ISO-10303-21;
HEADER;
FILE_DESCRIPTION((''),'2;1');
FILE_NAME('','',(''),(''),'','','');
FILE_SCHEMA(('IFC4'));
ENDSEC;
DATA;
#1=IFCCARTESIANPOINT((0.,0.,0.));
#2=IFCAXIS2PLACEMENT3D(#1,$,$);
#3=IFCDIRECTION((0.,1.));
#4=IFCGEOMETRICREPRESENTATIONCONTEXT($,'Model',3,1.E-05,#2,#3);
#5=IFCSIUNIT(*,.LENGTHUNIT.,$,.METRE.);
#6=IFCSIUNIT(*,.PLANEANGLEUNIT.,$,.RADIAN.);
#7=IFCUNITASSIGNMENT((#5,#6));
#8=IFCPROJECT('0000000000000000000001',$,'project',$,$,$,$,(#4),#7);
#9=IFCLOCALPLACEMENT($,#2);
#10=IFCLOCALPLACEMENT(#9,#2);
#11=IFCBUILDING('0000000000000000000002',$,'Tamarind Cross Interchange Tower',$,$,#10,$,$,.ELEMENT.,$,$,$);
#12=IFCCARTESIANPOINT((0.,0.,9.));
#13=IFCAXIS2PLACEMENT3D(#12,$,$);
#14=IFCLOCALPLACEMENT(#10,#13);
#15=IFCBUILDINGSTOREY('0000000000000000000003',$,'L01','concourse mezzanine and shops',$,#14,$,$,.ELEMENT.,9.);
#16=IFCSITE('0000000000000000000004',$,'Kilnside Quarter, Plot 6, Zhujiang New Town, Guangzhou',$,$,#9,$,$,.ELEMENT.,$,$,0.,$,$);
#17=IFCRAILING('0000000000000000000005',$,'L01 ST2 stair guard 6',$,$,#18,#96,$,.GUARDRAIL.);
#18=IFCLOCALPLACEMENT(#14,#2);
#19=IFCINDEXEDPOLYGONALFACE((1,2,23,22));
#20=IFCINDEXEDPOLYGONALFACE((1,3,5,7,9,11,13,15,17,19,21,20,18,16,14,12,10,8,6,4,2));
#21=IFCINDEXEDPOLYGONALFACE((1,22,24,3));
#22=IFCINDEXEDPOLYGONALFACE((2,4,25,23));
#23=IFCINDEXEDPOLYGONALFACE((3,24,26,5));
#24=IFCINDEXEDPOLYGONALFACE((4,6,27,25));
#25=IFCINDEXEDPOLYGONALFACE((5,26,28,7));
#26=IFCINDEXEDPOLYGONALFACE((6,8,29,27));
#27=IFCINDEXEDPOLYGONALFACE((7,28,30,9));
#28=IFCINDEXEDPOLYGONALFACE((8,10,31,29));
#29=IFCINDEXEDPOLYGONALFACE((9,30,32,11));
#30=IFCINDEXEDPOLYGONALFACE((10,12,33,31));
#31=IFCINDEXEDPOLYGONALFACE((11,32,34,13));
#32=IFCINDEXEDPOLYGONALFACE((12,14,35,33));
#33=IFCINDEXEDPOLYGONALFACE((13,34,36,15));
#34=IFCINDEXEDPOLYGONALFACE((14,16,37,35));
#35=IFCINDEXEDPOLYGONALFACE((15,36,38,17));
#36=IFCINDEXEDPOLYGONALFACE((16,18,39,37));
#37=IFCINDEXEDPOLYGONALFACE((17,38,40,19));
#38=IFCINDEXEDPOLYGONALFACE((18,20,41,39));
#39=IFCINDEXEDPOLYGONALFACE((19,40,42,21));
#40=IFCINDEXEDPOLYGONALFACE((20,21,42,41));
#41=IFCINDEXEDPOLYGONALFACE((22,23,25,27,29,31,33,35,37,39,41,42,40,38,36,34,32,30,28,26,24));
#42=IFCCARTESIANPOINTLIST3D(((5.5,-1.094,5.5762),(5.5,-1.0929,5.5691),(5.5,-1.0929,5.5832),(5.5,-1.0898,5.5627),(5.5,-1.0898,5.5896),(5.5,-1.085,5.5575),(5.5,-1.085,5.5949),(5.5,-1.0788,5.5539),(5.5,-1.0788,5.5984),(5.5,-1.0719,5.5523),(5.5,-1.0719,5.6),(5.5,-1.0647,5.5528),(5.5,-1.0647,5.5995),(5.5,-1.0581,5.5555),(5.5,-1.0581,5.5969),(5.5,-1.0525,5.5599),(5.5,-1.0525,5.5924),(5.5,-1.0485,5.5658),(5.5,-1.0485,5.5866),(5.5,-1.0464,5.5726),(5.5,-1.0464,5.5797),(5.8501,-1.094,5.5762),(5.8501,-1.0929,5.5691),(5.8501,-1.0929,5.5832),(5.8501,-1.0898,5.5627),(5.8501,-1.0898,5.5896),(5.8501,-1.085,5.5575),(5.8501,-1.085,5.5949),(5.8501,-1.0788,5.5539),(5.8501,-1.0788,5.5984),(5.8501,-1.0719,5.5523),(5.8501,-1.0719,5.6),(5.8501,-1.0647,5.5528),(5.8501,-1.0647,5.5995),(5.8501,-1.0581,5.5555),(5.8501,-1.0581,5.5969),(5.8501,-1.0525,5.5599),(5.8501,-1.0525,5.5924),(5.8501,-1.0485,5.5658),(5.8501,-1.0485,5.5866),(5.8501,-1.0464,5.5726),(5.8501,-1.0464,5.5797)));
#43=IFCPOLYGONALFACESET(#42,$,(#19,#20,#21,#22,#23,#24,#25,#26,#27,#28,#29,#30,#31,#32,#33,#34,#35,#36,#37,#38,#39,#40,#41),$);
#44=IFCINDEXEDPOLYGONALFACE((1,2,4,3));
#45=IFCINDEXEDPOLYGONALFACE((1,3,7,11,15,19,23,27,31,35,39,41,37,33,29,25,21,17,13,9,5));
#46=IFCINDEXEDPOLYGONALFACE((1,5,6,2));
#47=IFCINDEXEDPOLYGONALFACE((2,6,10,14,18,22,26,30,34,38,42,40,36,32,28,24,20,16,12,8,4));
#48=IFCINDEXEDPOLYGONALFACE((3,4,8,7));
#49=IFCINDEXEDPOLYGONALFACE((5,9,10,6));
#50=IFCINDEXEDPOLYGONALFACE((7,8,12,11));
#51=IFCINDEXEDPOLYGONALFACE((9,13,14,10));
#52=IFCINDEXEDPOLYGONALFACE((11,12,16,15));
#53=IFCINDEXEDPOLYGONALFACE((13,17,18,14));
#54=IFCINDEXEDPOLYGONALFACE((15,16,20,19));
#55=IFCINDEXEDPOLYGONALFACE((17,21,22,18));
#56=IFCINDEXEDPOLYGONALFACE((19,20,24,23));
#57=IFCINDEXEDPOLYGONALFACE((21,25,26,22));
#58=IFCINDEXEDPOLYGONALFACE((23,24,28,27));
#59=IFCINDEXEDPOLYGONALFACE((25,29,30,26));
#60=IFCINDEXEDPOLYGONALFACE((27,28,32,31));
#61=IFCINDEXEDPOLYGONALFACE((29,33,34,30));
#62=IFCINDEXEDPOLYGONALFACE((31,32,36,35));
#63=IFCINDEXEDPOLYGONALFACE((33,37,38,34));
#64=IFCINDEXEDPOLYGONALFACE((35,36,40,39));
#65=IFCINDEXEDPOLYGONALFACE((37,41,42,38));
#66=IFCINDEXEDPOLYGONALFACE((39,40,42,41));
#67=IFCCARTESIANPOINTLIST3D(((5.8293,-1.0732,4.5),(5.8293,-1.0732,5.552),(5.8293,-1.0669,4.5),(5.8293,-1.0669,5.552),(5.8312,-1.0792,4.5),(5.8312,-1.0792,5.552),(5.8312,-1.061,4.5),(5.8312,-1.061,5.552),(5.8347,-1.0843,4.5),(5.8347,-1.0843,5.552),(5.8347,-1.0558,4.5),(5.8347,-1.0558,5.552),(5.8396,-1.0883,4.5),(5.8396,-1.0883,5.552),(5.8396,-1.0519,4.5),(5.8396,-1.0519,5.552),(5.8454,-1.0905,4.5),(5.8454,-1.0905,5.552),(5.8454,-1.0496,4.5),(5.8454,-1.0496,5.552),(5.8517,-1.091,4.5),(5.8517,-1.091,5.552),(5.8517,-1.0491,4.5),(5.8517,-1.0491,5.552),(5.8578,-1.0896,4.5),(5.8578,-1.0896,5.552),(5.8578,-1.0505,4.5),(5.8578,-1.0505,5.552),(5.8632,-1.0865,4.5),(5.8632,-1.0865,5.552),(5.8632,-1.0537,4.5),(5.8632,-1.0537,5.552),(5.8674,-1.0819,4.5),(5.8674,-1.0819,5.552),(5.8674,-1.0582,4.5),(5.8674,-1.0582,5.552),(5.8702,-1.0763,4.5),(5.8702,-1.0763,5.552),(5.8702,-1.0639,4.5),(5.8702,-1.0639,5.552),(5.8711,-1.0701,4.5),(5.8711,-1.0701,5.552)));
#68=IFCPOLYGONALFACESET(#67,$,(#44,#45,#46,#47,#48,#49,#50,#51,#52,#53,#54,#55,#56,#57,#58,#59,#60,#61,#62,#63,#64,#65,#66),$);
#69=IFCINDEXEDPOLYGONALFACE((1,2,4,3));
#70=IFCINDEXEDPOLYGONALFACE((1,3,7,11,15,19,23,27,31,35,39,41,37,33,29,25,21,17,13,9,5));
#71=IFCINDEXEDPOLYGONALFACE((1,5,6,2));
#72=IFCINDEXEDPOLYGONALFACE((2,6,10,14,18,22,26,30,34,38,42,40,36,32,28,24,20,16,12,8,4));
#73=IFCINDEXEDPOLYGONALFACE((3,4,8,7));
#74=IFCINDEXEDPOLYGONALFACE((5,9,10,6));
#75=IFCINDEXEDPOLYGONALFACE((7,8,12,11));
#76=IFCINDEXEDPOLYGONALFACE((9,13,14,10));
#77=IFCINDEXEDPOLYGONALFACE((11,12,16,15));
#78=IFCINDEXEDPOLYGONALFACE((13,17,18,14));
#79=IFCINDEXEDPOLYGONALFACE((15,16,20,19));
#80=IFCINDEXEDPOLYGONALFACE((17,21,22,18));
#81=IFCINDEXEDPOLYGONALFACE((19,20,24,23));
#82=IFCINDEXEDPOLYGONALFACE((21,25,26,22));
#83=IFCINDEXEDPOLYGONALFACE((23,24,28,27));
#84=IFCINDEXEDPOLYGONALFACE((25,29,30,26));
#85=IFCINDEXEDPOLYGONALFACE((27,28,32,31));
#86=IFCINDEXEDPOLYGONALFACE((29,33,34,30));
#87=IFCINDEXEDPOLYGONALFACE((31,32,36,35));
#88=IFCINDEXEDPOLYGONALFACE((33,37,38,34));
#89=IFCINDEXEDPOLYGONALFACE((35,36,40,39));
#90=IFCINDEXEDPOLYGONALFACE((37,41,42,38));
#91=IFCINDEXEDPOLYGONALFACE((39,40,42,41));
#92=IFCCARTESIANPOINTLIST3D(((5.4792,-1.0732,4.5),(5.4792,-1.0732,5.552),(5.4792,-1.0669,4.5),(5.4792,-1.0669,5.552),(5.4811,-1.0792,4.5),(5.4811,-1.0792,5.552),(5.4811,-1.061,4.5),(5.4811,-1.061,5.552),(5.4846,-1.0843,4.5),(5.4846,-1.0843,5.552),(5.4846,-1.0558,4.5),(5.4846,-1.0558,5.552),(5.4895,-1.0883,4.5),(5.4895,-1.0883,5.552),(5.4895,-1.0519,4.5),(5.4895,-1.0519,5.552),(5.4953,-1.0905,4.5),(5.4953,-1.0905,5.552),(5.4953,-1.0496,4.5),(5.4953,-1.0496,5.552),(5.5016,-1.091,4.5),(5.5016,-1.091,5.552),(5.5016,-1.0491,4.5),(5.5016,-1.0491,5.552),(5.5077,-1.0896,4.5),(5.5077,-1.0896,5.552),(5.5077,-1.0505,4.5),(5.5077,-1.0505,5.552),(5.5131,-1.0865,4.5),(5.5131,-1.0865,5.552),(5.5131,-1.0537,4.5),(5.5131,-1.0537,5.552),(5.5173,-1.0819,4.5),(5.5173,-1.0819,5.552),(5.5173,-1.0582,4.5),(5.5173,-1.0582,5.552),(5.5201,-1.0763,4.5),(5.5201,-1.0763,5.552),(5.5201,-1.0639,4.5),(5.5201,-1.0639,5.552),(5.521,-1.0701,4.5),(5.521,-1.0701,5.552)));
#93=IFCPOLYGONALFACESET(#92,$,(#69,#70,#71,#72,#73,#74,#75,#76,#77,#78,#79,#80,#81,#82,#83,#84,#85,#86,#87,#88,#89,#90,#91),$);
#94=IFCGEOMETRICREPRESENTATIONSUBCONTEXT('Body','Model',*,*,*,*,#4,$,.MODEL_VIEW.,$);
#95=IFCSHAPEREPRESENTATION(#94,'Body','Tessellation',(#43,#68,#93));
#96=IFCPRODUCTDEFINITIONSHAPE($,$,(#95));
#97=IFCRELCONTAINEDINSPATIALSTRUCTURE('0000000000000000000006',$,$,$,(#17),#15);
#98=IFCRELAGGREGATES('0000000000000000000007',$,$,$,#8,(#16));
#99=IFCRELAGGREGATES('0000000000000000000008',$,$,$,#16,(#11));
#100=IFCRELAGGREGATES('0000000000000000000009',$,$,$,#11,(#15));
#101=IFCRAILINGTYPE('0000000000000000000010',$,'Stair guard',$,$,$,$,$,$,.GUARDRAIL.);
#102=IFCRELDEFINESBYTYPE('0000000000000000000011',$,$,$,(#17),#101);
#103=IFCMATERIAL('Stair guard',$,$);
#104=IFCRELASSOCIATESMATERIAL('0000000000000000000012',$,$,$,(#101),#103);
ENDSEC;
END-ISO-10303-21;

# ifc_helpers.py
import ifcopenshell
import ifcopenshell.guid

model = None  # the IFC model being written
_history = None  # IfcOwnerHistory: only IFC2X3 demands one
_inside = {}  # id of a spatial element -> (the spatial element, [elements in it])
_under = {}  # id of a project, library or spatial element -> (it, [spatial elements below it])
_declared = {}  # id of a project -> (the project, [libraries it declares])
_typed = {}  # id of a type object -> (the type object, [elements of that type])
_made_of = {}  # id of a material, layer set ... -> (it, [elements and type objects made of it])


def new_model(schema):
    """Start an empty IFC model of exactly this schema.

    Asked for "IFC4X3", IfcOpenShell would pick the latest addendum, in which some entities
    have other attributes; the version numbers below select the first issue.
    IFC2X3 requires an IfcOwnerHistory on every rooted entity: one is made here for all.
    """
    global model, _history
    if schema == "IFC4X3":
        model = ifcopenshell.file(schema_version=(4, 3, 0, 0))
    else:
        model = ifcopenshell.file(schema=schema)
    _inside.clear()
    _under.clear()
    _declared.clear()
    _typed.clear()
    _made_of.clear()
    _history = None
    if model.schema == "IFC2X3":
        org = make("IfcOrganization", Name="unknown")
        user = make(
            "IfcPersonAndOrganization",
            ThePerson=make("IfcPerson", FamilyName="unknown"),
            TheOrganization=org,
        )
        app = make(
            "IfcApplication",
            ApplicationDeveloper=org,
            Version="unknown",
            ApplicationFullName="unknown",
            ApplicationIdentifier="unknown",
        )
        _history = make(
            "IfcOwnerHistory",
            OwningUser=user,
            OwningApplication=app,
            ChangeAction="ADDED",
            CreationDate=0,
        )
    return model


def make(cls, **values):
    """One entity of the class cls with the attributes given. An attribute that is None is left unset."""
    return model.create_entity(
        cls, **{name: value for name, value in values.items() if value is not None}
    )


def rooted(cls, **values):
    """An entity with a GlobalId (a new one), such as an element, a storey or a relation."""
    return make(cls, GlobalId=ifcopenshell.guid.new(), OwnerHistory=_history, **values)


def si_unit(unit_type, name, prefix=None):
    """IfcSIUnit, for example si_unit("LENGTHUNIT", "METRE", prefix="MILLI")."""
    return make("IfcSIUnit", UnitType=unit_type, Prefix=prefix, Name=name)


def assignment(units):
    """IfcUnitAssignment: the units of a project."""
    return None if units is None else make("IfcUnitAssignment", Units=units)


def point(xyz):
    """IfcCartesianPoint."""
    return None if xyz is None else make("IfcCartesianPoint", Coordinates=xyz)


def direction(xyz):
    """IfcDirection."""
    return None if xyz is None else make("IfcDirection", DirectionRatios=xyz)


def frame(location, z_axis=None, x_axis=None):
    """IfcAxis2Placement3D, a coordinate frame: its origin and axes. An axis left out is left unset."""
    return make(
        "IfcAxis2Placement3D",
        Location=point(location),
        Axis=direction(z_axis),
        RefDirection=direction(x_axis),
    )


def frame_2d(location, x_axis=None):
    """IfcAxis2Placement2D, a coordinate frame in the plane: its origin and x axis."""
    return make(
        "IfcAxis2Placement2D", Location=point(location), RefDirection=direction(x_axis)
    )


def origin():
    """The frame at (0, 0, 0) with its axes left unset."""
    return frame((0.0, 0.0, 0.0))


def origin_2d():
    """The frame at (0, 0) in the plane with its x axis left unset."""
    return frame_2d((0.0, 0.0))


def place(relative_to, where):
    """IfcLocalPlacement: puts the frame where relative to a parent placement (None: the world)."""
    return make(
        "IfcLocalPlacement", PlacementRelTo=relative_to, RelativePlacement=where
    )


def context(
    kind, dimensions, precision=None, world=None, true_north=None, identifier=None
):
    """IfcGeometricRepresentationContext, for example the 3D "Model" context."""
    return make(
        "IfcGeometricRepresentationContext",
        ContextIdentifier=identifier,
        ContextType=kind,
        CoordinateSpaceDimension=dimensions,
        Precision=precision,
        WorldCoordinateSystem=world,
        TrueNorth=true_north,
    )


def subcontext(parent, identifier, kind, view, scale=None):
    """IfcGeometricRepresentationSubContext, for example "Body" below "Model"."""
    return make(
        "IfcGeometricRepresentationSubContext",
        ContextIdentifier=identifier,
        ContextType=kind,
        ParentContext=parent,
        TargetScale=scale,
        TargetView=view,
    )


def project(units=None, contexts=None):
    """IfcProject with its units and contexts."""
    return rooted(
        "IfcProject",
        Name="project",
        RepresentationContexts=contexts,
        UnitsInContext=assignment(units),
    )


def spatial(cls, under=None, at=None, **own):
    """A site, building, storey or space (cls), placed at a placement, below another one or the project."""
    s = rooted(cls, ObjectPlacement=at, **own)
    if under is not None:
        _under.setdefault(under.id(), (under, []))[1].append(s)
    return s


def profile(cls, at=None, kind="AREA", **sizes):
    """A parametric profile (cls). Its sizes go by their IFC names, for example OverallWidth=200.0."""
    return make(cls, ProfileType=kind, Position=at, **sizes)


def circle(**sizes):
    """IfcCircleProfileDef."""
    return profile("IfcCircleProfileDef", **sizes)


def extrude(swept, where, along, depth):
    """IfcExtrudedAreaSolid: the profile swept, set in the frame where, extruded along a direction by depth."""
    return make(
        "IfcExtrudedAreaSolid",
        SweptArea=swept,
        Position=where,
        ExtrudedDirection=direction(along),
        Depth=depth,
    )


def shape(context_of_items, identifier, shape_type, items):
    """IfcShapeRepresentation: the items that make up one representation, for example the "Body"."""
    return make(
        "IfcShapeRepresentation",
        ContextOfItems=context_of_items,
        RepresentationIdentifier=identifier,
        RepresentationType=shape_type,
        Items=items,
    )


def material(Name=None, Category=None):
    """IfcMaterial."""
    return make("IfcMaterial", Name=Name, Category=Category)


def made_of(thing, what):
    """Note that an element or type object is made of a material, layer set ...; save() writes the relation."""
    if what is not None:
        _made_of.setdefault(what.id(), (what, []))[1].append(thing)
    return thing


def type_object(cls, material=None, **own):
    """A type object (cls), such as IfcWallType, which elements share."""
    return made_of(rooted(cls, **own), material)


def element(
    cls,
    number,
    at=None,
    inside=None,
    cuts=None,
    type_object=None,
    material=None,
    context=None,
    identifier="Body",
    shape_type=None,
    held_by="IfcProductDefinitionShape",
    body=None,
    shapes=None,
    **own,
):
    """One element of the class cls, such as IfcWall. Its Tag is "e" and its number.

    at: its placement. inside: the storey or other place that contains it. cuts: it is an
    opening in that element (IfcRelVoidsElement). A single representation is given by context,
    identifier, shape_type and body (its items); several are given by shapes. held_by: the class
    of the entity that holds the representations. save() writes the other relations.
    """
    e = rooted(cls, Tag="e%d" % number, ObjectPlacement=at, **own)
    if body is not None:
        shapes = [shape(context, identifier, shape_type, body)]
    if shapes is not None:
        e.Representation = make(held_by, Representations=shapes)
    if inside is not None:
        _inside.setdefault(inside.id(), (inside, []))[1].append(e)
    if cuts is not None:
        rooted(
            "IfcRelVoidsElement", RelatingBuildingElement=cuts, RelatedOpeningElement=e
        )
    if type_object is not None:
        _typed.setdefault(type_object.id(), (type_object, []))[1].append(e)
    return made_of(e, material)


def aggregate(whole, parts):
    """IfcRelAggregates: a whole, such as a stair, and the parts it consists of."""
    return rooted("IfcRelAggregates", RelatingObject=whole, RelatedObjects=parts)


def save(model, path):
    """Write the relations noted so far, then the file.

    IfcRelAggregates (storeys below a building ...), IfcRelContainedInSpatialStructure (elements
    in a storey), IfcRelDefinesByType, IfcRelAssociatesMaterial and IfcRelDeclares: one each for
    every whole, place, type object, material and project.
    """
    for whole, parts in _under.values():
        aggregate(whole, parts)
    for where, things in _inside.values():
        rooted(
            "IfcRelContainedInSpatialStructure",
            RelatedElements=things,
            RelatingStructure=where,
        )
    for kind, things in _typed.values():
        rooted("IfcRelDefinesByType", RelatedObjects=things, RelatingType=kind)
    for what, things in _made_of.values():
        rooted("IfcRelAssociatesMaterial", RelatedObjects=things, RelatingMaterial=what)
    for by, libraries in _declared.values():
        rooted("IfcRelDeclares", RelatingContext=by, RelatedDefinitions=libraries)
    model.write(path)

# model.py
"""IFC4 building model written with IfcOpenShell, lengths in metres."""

from ifc_helpers import new_model, si_unit, direction, frame, origin, origin_2d, place, context, subcontext, project, spatial, circle, extrude, material, type_object, element, save


model = new_model("IFC4")

# Units and contexts
model_context = context("Model", 3, precision=1e-05, world=origin(), true_north=direction((0.0, 1.0)))
body_context = subcontext(model_context, "Body", "Model", "MODEL_VIEW")
ifc_project = project(units=[si_unit("LENGTHUNIT", "METRE"), si_unit("PLANEANGLEUNIT", "RADIAN")], contexts=[model_context])

# Site, building, storey
site_placement = place(None, origin())
site = spatial("IfcSite", under=ifc_project, at=site_placement, Name="Kilnside Quarter, Plot 6, Zhujiang New Town, Guangzhou", CompositionType="ELEMENT", RefElevation=0.0)
building_placement = place(site_placement, origin())
building = spatial("IfcBuilding", under=site, at=building_placement, Name="Tamarind Cross Interchange Tower", CompositionType="ELEMENT")
storey_placement = place(building_placement, frame((0.0, 0.0, 9.0)))
storey = spatial("IfcBuildingStorey", under=building, at=storey_placement, Name="L01", Description="concourse mezzanine and shops", CompositionType="ELEMENT", Elevation=9.0)

# Railing
ifc_material_1 = material(Name="Stair guard")
railing_type = type_object("IfcRailingType", Name="Stair guard", PredefinedType="GUARDRAIL", material=ifc_material_1)
railing_1_placement = place(storey_placement, frame((5.8501, -1.0701, 4.5)))
element("IfcRailing", 1, at=railing_1_placement, inside=storey, type_object=railing_type, Name="L01 ST2 stair guard 6", PredefinedType="GUARDRAIL", context=body_context, shape_type="SweptSolid", body=[
    extrude(circle(Radius=0.0239, at=origin_2d()), frame((0.0, 0.0, 1.0762), z_axis=(-1.0, 0.0, 0.0), x_axis=(0.0, -1.0, 0.0)), (0.0, 0.0, 1.0), 0.3501),
    extrude(circle(Radius=0.021, at=origin_2d()), origin(), (0.0, 0.0, 1.0), 1.052),
    extrude(circle(Radius=0.021, at=origin_2d()), frame((-0.3501, 0.0, 0.0)), (0.0, 0.0, 1.0), 1.052),
])

save(model, "model.ifc")
